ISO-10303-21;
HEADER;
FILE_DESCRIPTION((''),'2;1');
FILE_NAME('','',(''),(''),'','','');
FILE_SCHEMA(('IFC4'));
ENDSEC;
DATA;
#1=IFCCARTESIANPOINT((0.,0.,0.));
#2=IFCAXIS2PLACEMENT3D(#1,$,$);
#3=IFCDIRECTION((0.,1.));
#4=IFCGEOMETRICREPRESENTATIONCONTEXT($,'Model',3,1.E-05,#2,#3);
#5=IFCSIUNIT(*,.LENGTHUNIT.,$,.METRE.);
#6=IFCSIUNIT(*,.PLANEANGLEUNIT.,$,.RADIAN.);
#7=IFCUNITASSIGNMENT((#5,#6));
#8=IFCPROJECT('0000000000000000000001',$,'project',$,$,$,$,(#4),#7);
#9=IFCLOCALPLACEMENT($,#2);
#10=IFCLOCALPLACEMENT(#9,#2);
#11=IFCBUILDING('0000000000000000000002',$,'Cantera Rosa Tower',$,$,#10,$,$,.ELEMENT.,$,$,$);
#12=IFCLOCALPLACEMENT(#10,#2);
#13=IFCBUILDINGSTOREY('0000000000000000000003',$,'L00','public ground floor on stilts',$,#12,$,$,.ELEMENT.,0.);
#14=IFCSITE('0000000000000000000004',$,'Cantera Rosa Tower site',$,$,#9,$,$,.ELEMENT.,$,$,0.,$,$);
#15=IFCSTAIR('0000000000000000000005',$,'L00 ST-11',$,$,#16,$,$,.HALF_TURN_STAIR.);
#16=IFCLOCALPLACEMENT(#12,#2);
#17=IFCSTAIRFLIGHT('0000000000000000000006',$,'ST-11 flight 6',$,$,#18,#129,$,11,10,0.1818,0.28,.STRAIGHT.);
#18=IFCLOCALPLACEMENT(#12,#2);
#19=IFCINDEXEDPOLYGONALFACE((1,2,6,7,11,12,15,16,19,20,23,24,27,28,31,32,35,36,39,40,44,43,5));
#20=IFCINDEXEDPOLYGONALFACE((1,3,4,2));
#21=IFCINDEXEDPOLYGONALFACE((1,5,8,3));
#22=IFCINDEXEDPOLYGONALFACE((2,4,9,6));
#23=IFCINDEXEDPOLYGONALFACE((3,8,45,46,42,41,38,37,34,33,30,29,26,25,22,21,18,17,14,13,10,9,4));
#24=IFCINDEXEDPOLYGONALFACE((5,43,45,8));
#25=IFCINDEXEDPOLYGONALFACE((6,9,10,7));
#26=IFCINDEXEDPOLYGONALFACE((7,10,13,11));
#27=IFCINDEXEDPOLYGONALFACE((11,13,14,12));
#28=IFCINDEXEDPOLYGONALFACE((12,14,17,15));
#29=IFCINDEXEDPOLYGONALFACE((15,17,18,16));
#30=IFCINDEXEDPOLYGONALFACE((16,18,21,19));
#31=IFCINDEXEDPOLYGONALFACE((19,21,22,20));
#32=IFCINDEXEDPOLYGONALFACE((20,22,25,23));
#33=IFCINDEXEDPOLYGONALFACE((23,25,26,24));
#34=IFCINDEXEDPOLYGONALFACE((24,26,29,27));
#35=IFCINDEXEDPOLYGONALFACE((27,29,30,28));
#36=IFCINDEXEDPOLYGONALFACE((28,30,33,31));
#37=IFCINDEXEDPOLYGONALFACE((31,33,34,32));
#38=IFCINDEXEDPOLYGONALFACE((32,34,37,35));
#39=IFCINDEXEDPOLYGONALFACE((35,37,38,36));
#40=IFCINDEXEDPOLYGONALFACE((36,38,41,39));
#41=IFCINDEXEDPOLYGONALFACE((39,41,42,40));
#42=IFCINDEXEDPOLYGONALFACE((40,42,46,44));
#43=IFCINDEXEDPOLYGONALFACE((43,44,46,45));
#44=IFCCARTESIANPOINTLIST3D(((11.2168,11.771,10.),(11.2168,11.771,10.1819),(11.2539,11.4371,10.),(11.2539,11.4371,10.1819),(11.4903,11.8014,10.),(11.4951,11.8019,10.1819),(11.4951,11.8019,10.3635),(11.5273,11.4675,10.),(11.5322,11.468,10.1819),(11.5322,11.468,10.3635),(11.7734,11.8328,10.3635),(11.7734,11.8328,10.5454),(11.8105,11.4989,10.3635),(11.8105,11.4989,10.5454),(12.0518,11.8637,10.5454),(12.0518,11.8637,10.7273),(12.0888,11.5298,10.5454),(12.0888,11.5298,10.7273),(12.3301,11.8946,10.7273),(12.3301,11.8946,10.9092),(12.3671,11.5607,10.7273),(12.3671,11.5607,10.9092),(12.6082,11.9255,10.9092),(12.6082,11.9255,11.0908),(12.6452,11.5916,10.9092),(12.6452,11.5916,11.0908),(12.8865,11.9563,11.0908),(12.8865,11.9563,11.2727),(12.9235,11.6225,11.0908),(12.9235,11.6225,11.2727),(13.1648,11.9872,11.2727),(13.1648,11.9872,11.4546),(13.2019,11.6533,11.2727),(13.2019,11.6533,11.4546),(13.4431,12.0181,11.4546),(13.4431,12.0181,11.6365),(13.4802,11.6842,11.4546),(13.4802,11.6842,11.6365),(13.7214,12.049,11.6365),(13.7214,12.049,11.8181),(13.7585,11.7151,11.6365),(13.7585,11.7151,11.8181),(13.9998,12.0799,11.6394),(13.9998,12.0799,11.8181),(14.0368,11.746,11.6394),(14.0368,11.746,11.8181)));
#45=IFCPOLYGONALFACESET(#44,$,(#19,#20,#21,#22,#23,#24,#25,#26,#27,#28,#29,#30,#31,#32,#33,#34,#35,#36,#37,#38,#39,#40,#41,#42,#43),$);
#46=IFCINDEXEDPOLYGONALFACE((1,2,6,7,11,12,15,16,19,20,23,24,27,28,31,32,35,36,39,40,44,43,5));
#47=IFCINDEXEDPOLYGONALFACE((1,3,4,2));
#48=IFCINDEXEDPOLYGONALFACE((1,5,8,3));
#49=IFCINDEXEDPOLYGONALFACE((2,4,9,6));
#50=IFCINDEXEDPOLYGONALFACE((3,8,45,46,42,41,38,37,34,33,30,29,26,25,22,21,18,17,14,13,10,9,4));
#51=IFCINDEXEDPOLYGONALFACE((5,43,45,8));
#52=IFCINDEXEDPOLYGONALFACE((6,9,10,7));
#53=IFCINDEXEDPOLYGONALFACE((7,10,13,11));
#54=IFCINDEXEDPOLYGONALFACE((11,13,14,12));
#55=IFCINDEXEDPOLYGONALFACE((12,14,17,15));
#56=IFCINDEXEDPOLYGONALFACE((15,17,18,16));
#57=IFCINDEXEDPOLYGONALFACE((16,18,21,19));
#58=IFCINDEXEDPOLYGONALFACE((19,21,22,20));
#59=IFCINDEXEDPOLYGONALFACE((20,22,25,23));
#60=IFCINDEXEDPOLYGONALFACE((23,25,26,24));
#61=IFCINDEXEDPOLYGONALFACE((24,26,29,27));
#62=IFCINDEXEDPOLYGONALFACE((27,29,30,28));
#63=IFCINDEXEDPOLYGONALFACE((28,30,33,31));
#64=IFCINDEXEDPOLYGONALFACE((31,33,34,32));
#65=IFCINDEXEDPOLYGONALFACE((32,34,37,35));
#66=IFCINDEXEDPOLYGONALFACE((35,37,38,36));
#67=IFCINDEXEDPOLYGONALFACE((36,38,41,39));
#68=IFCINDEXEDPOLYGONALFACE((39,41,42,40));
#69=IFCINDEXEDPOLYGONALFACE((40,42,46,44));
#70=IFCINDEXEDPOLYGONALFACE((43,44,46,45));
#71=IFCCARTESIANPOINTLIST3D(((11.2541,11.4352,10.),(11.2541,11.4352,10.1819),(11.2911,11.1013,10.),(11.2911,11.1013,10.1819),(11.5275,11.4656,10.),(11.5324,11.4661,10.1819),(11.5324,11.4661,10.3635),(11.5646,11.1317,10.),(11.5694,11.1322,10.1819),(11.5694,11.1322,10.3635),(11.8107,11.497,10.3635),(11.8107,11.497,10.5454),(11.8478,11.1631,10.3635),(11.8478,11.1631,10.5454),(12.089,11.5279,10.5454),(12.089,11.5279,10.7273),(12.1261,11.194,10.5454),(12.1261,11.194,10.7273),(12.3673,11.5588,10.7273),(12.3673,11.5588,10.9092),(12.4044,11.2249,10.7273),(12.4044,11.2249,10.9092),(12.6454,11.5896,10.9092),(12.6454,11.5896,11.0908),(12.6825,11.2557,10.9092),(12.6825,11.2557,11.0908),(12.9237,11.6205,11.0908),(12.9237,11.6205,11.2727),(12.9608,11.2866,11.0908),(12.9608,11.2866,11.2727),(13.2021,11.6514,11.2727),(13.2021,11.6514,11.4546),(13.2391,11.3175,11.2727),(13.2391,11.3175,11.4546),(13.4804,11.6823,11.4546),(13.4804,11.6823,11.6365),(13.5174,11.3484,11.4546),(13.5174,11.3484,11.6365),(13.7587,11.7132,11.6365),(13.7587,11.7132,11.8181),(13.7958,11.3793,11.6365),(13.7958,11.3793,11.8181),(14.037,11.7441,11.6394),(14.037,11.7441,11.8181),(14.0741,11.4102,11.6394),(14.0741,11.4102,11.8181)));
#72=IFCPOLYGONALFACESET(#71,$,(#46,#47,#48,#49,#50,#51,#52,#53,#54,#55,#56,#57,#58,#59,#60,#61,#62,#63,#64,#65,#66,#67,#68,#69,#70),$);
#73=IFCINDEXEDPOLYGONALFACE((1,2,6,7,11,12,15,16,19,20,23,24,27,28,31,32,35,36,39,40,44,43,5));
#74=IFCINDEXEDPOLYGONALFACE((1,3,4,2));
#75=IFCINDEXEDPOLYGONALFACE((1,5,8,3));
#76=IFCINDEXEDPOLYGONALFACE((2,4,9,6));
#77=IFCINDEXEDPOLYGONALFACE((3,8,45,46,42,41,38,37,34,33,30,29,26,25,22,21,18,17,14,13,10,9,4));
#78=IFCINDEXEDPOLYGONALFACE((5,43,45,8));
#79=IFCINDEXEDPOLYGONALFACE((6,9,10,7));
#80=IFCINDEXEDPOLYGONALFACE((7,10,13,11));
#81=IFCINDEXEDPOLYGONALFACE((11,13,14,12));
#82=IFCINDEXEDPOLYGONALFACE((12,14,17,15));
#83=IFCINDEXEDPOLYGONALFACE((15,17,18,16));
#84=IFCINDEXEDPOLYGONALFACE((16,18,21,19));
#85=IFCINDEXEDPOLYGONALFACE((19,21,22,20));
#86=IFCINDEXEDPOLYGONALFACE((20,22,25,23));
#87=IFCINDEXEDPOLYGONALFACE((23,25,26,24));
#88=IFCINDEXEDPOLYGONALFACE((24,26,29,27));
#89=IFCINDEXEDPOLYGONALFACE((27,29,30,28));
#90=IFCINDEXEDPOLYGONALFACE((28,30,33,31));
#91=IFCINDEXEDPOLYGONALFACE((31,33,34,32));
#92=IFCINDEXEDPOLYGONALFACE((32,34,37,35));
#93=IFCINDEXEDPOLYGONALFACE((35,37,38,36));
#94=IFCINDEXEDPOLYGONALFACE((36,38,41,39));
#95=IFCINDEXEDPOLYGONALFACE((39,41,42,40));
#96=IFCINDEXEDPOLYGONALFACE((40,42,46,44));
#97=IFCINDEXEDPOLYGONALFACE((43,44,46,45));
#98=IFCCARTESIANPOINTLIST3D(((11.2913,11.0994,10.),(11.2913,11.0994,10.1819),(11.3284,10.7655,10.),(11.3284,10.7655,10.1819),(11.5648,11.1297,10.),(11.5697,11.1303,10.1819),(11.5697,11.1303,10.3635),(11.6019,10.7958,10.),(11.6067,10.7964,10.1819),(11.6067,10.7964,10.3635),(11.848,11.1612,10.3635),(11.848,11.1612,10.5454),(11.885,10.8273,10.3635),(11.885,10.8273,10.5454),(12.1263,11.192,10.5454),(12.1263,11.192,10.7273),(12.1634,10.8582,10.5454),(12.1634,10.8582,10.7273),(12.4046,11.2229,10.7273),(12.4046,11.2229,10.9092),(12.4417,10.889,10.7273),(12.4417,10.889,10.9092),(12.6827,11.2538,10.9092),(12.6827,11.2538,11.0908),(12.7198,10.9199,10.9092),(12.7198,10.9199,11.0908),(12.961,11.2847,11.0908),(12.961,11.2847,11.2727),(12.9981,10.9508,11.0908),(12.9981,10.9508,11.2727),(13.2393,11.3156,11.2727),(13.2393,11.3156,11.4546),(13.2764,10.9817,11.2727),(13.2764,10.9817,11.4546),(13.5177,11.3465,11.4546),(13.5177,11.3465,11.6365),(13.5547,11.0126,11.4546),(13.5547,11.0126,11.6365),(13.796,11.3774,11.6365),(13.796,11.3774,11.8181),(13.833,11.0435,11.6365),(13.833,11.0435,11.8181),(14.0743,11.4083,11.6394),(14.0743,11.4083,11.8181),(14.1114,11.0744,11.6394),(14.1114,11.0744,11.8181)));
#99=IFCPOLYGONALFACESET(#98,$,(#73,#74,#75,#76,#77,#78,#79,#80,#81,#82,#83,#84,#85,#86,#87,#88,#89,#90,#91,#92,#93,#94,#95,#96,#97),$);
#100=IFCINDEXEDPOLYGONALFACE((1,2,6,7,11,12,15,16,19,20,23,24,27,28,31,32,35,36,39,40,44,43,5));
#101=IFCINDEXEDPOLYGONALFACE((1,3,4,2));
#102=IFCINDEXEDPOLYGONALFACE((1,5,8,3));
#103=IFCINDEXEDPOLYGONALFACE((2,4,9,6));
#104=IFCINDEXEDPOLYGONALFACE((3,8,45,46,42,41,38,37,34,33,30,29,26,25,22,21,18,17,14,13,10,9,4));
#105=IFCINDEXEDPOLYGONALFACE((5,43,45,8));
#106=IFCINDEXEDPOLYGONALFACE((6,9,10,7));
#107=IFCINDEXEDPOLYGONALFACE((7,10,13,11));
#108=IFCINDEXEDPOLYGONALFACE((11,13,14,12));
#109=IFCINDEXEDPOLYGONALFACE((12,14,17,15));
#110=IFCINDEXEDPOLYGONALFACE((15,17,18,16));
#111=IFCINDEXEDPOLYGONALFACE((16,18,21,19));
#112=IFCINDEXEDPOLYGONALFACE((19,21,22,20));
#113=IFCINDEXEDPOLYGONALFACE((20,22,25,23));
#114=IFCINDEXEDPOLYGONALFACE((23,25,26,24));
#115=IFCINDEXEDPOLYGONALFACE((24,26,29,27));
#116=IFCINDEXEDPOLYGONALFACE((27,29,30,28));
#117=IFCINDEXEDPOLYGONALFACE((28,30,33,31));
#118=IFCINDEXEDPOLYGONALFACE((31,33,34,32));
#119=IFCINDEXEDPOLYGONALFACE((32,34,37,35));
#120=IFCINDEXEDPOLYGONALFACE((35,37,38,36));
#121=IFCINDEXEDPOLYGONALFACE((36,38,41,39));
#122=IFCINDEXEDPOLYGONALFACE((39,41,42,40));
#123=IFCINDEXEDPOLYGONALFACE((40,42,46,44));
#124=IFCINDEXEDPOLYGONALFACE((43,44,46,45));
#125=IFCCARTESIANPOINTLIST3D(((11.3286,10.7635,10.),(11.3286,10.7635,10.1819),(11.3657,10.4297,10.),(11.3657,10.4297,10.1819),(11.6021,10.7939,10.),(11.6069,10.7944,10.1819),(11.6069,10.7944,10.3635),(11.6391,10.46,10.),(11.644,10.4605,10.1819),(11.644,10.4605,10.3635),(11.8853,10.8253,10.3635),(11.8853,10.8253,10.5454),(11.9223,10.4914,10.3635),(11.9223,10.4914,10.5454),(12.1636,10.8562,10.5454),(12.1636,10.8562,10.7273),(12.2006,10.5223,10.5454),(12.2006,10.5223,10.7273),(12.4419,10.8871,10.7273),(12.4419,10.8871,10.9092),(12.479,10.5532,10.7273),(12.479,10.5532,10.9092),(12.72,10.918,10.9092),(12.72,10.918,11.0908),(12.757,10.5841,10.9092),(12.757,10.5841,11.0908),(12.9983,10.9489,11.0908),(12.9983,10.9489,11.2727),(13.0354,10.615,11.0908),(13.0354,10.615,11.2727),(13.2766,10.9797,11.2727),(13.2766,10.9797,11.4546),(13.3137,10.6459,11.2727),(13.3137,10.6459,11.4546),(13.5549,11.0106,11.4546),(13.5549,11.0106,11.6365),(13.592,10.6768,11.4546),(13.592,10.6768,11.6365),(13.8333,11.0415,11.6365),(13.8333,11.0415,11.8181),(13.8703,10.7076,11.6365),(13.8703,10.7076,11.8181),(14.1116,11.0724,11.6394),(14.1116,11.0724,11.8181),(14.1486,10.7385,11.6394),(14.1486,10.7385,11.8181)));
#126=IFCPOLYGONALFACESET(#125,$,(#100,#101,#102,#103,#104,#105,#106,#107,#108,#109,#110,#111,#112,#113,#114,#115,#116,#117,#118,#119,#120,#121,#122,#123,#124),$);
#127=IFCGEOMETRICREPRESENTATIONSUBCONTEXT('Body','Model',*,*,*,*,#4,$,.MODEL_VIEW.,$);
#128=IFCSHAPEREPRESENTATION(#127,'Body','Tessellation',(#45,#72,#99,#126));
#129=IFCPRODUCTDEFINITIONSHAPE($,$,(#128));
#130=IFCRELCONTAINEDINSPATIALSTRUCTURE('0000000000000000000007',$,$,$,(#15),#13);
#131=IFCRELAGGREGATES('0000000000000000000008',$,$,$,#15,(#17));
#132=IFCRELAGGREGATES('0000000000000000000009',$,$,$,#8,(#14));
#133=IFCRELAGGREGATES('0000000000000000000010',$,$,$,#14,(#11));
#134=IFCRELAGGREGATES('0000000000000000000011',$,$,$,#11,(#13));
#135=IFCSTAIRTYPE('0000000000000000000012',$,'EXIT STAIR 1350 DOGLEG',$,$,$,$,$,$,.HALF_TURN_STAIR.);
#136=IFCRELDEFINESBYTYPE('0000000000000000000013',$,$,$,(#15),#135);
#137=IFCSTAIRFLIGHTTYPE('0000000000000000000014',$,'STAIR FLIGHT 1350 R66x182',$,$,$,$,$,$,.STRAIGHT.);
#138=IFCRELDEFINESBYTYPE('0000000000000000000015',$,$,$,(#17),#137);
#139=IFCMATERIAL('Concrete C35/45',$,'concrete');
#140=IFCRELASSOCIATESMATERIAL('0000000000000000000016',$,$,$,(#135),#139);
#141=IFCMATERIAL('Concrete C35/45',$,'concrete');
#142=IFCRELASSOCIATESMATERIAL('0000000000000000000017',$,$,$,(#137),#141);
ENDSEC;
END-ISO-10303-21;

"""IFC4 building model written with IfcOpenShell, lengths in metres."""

from ifc_helpers import new_model, si_unit, direction, frame, origin, place, context, subcontext, project, spatial, polyline, outline, extrude, material, type_object, element, aggregate, save


model = new_model("IFC4")

# Units and contexts
model_context = context("Model", 3, precision=1e-05, world=origin(), true_north=direction((0.0, 1.0)))
body_context = subcontext(model_context, "Body", "Model", "MODEL_VIEW")
ifc_project = project(units=[si_unit("LENGTHUNIT", "METRE"), si_unit("PLANEANGLEUNIT", "RADIAN")], contexts=[model_context])

# Site, building, storey
site_placement = place(None, origin())
site = spatial("IfcSite", under=ifc_project, at=site_placement, Name="Cantera Rosa Tower site", CompositionType="ELEMENT", RefElevation=0.0)
building_placement = place(site_placement, origin())
building = spatial("IfcBuilding", under=site, at=building_placement, Name="Cantera Rosa Tower", CompositionType="ELEMENT")
storey_placement = place(building_placement, origin())
storey = spatial("IfcBuildingStorey", under=building, at=storey_placement, Name="L00", Description="public ground floor on stilts", CompositionType="ELEMENT", Elevation=0.0)

# Stair, stair flight
ifc_material_1 = material(Name="Concrete C35/45", Category="concrete")
stair_type = type_object("IfcStairType", Name="EXIT STAIR 1350 DOGLEG", PredefinedType="HALF_TURN_STAIR", material=ifc_material_1)
stair_placement = place(storey_placement, origin())
stair = element("IfcStair", 1, at=stair_placement, inside=storey, type_object=stair_type, Name="L00 ST-11", PredefinedType="HALF_TURN_STAIR")
ifc_material_2 = material(Name="Concrete C35/45", Category="concrete")
stair_flight_type = type_object("IfcStairFlightType", Name="STAIR FLIGHT 1350 R66x182", PredefinedType="STRAIGHT", material=ifc_material_2)
stair_flight_1_placement = place(storey_placement, frame((11.2913, 11.1001, 10.0), z_axis=(0.0, 0.0, 1.0), x_axis=(0.993897, 0.110313, 0.0)))
stair_flight_1 = element("IfcStairFlight", 2, at=stair_flight_1_placement, type_object=stair_flight_type, Name="ST-11 flight 6", NumberOfRisers=11, NumberOfTreads=10, PredefinedType="STRAIGHT", RiserHeight=0.1818, TreadLength=0.28, context=body_context, shape_type="SweptSolid", body=[
    extrude(outline(polyline([(0.0, 0.0), (0.0, 0.1819), (0.28, 0.1819), (0.28, 0.3635), (0.5601, 0.3635), (0.5601, 0.5454), (0.8401, 0.5454), (0.8401, 0.7273), (1.1201, 0.7273), (1.1201, 0.9092), (1.3999, 0.9092), (1.3999, 1.0908), (1.6799, 1.0908), (1.6799, 1.2727), (1.96, 1.2727), (1.96, 1.4546), (2.24, 1.4546), (2.24, 1.6365), (2.52, 1.6365), (2.52, 1.8181), (2.8, 1.8181), (2.8, 2.0), (2.8, 1.6394), (0.2751, 0.0), (0.0, 0.0)])), frame((0.0, 0.675, 0.0), z_axis=(0.0, -1.0, 0.0), x_axis=(1.0, 0.0, 0.0)), (0.0, 0.0, 1.0), 0.3359),
    extrude(outline(polyline([(0.0, 0.0), (0.0, 0.1819), (0.28, 0.1819), (0.28, 0.3635), (0.5601, 0.3635), (0.5601, 0.5454), (0.8401, 0.5454), (0.8401, 0.7273), (1.1201, 0.7273), (1.1201, 0.9092), (1.3999, 0.9092), (1.3999, 1.0908), (1.6799, 1.0908), (1.6799, 1.2727), (1.96, 1.2727), (1.96, 1.4546), (2.24, 1.4546), (2.24, 1.6365), (2.52, 1.6365), (2.52, 1.8181), (2.8, 1.8181), (2.8, 2.0), (2.8, 1.6394), (0.2751, 0.0), (0.0, 0.0)])), frame((0.0, 0.3372, 0.0), z_axis=(0.0, -1.0, 0.0), x_axis=(1.0, 0.0, 0.0)), (0.0, 0.0, 1.0), 0.3359),
    extrude(outline(polyline([(0.0, 0.0), (0.0, 0.1819), (0.28, 0.1819), (0.28, 0.3635), (0.5601, 0.3635), (0.5601, 0.5454), (0.8401, 0.5454), (0.8401, 0.7273), (1.1201, 0.7273), (1.1201, 0.9092), (1.3999, 0.9092), (1.3999, 1.0908), (1.6799, 1.0908), (1.6799, 1.2727), (1.96, 1.2727), (1.96, 1.4546), (2.24, 1.4546), (2.24, 1.6365), (2.52, 1.6365), (2.52, 1.8181), (2.8, 1.8181), (2.8, 2.0), (2.8, 1.6394), (0.2751, 0.0), (0.0, 0.0)])), frame((0.0, -0.0007, 0.0), z_axis=(0.0, -1.0, 0.0), x_axis=(1.0, 0.0, 0.0)), (0.0, 0.0, 1.0), 0.3359),
    extrude(outline(polyline([(0.0, 0.0), (0.0, 0.1819), (0.28, 0.1819), (0.28, 0.3635), (0.5601, 0.3635), (0.5601, 0.5454), (0.8401, 0.5454), (0.8401, 0.7273), (1.1201, 0.7273), (1.1201, 0.9092), (1.3999, 0.9092), (1.3999, 1.0908), (1.6799, 1.0908), (1.6799, 1.2727), (1.96, 1.2727), (1.96, 1.4546), (2.24, 1.4546), (2.24, 1.6365), (2.52, 1.6365), (2.52, 1.8181), (2.8, 1.8181), (2.8, 2.0), (2.8, 1.6394), (0.2751, 0.0), (0.0, 0.0)])), frame((0.0, -0.3386, 0.0), z_axis=(0.0, -1.0, 0.0), x_axis=(1.0, 0.0, 0.0)), (0.0, 0.0, 1.0), 0.3359),
])
aggregate(stair, [stair_flight_1])

save(model, "model.ifc")
